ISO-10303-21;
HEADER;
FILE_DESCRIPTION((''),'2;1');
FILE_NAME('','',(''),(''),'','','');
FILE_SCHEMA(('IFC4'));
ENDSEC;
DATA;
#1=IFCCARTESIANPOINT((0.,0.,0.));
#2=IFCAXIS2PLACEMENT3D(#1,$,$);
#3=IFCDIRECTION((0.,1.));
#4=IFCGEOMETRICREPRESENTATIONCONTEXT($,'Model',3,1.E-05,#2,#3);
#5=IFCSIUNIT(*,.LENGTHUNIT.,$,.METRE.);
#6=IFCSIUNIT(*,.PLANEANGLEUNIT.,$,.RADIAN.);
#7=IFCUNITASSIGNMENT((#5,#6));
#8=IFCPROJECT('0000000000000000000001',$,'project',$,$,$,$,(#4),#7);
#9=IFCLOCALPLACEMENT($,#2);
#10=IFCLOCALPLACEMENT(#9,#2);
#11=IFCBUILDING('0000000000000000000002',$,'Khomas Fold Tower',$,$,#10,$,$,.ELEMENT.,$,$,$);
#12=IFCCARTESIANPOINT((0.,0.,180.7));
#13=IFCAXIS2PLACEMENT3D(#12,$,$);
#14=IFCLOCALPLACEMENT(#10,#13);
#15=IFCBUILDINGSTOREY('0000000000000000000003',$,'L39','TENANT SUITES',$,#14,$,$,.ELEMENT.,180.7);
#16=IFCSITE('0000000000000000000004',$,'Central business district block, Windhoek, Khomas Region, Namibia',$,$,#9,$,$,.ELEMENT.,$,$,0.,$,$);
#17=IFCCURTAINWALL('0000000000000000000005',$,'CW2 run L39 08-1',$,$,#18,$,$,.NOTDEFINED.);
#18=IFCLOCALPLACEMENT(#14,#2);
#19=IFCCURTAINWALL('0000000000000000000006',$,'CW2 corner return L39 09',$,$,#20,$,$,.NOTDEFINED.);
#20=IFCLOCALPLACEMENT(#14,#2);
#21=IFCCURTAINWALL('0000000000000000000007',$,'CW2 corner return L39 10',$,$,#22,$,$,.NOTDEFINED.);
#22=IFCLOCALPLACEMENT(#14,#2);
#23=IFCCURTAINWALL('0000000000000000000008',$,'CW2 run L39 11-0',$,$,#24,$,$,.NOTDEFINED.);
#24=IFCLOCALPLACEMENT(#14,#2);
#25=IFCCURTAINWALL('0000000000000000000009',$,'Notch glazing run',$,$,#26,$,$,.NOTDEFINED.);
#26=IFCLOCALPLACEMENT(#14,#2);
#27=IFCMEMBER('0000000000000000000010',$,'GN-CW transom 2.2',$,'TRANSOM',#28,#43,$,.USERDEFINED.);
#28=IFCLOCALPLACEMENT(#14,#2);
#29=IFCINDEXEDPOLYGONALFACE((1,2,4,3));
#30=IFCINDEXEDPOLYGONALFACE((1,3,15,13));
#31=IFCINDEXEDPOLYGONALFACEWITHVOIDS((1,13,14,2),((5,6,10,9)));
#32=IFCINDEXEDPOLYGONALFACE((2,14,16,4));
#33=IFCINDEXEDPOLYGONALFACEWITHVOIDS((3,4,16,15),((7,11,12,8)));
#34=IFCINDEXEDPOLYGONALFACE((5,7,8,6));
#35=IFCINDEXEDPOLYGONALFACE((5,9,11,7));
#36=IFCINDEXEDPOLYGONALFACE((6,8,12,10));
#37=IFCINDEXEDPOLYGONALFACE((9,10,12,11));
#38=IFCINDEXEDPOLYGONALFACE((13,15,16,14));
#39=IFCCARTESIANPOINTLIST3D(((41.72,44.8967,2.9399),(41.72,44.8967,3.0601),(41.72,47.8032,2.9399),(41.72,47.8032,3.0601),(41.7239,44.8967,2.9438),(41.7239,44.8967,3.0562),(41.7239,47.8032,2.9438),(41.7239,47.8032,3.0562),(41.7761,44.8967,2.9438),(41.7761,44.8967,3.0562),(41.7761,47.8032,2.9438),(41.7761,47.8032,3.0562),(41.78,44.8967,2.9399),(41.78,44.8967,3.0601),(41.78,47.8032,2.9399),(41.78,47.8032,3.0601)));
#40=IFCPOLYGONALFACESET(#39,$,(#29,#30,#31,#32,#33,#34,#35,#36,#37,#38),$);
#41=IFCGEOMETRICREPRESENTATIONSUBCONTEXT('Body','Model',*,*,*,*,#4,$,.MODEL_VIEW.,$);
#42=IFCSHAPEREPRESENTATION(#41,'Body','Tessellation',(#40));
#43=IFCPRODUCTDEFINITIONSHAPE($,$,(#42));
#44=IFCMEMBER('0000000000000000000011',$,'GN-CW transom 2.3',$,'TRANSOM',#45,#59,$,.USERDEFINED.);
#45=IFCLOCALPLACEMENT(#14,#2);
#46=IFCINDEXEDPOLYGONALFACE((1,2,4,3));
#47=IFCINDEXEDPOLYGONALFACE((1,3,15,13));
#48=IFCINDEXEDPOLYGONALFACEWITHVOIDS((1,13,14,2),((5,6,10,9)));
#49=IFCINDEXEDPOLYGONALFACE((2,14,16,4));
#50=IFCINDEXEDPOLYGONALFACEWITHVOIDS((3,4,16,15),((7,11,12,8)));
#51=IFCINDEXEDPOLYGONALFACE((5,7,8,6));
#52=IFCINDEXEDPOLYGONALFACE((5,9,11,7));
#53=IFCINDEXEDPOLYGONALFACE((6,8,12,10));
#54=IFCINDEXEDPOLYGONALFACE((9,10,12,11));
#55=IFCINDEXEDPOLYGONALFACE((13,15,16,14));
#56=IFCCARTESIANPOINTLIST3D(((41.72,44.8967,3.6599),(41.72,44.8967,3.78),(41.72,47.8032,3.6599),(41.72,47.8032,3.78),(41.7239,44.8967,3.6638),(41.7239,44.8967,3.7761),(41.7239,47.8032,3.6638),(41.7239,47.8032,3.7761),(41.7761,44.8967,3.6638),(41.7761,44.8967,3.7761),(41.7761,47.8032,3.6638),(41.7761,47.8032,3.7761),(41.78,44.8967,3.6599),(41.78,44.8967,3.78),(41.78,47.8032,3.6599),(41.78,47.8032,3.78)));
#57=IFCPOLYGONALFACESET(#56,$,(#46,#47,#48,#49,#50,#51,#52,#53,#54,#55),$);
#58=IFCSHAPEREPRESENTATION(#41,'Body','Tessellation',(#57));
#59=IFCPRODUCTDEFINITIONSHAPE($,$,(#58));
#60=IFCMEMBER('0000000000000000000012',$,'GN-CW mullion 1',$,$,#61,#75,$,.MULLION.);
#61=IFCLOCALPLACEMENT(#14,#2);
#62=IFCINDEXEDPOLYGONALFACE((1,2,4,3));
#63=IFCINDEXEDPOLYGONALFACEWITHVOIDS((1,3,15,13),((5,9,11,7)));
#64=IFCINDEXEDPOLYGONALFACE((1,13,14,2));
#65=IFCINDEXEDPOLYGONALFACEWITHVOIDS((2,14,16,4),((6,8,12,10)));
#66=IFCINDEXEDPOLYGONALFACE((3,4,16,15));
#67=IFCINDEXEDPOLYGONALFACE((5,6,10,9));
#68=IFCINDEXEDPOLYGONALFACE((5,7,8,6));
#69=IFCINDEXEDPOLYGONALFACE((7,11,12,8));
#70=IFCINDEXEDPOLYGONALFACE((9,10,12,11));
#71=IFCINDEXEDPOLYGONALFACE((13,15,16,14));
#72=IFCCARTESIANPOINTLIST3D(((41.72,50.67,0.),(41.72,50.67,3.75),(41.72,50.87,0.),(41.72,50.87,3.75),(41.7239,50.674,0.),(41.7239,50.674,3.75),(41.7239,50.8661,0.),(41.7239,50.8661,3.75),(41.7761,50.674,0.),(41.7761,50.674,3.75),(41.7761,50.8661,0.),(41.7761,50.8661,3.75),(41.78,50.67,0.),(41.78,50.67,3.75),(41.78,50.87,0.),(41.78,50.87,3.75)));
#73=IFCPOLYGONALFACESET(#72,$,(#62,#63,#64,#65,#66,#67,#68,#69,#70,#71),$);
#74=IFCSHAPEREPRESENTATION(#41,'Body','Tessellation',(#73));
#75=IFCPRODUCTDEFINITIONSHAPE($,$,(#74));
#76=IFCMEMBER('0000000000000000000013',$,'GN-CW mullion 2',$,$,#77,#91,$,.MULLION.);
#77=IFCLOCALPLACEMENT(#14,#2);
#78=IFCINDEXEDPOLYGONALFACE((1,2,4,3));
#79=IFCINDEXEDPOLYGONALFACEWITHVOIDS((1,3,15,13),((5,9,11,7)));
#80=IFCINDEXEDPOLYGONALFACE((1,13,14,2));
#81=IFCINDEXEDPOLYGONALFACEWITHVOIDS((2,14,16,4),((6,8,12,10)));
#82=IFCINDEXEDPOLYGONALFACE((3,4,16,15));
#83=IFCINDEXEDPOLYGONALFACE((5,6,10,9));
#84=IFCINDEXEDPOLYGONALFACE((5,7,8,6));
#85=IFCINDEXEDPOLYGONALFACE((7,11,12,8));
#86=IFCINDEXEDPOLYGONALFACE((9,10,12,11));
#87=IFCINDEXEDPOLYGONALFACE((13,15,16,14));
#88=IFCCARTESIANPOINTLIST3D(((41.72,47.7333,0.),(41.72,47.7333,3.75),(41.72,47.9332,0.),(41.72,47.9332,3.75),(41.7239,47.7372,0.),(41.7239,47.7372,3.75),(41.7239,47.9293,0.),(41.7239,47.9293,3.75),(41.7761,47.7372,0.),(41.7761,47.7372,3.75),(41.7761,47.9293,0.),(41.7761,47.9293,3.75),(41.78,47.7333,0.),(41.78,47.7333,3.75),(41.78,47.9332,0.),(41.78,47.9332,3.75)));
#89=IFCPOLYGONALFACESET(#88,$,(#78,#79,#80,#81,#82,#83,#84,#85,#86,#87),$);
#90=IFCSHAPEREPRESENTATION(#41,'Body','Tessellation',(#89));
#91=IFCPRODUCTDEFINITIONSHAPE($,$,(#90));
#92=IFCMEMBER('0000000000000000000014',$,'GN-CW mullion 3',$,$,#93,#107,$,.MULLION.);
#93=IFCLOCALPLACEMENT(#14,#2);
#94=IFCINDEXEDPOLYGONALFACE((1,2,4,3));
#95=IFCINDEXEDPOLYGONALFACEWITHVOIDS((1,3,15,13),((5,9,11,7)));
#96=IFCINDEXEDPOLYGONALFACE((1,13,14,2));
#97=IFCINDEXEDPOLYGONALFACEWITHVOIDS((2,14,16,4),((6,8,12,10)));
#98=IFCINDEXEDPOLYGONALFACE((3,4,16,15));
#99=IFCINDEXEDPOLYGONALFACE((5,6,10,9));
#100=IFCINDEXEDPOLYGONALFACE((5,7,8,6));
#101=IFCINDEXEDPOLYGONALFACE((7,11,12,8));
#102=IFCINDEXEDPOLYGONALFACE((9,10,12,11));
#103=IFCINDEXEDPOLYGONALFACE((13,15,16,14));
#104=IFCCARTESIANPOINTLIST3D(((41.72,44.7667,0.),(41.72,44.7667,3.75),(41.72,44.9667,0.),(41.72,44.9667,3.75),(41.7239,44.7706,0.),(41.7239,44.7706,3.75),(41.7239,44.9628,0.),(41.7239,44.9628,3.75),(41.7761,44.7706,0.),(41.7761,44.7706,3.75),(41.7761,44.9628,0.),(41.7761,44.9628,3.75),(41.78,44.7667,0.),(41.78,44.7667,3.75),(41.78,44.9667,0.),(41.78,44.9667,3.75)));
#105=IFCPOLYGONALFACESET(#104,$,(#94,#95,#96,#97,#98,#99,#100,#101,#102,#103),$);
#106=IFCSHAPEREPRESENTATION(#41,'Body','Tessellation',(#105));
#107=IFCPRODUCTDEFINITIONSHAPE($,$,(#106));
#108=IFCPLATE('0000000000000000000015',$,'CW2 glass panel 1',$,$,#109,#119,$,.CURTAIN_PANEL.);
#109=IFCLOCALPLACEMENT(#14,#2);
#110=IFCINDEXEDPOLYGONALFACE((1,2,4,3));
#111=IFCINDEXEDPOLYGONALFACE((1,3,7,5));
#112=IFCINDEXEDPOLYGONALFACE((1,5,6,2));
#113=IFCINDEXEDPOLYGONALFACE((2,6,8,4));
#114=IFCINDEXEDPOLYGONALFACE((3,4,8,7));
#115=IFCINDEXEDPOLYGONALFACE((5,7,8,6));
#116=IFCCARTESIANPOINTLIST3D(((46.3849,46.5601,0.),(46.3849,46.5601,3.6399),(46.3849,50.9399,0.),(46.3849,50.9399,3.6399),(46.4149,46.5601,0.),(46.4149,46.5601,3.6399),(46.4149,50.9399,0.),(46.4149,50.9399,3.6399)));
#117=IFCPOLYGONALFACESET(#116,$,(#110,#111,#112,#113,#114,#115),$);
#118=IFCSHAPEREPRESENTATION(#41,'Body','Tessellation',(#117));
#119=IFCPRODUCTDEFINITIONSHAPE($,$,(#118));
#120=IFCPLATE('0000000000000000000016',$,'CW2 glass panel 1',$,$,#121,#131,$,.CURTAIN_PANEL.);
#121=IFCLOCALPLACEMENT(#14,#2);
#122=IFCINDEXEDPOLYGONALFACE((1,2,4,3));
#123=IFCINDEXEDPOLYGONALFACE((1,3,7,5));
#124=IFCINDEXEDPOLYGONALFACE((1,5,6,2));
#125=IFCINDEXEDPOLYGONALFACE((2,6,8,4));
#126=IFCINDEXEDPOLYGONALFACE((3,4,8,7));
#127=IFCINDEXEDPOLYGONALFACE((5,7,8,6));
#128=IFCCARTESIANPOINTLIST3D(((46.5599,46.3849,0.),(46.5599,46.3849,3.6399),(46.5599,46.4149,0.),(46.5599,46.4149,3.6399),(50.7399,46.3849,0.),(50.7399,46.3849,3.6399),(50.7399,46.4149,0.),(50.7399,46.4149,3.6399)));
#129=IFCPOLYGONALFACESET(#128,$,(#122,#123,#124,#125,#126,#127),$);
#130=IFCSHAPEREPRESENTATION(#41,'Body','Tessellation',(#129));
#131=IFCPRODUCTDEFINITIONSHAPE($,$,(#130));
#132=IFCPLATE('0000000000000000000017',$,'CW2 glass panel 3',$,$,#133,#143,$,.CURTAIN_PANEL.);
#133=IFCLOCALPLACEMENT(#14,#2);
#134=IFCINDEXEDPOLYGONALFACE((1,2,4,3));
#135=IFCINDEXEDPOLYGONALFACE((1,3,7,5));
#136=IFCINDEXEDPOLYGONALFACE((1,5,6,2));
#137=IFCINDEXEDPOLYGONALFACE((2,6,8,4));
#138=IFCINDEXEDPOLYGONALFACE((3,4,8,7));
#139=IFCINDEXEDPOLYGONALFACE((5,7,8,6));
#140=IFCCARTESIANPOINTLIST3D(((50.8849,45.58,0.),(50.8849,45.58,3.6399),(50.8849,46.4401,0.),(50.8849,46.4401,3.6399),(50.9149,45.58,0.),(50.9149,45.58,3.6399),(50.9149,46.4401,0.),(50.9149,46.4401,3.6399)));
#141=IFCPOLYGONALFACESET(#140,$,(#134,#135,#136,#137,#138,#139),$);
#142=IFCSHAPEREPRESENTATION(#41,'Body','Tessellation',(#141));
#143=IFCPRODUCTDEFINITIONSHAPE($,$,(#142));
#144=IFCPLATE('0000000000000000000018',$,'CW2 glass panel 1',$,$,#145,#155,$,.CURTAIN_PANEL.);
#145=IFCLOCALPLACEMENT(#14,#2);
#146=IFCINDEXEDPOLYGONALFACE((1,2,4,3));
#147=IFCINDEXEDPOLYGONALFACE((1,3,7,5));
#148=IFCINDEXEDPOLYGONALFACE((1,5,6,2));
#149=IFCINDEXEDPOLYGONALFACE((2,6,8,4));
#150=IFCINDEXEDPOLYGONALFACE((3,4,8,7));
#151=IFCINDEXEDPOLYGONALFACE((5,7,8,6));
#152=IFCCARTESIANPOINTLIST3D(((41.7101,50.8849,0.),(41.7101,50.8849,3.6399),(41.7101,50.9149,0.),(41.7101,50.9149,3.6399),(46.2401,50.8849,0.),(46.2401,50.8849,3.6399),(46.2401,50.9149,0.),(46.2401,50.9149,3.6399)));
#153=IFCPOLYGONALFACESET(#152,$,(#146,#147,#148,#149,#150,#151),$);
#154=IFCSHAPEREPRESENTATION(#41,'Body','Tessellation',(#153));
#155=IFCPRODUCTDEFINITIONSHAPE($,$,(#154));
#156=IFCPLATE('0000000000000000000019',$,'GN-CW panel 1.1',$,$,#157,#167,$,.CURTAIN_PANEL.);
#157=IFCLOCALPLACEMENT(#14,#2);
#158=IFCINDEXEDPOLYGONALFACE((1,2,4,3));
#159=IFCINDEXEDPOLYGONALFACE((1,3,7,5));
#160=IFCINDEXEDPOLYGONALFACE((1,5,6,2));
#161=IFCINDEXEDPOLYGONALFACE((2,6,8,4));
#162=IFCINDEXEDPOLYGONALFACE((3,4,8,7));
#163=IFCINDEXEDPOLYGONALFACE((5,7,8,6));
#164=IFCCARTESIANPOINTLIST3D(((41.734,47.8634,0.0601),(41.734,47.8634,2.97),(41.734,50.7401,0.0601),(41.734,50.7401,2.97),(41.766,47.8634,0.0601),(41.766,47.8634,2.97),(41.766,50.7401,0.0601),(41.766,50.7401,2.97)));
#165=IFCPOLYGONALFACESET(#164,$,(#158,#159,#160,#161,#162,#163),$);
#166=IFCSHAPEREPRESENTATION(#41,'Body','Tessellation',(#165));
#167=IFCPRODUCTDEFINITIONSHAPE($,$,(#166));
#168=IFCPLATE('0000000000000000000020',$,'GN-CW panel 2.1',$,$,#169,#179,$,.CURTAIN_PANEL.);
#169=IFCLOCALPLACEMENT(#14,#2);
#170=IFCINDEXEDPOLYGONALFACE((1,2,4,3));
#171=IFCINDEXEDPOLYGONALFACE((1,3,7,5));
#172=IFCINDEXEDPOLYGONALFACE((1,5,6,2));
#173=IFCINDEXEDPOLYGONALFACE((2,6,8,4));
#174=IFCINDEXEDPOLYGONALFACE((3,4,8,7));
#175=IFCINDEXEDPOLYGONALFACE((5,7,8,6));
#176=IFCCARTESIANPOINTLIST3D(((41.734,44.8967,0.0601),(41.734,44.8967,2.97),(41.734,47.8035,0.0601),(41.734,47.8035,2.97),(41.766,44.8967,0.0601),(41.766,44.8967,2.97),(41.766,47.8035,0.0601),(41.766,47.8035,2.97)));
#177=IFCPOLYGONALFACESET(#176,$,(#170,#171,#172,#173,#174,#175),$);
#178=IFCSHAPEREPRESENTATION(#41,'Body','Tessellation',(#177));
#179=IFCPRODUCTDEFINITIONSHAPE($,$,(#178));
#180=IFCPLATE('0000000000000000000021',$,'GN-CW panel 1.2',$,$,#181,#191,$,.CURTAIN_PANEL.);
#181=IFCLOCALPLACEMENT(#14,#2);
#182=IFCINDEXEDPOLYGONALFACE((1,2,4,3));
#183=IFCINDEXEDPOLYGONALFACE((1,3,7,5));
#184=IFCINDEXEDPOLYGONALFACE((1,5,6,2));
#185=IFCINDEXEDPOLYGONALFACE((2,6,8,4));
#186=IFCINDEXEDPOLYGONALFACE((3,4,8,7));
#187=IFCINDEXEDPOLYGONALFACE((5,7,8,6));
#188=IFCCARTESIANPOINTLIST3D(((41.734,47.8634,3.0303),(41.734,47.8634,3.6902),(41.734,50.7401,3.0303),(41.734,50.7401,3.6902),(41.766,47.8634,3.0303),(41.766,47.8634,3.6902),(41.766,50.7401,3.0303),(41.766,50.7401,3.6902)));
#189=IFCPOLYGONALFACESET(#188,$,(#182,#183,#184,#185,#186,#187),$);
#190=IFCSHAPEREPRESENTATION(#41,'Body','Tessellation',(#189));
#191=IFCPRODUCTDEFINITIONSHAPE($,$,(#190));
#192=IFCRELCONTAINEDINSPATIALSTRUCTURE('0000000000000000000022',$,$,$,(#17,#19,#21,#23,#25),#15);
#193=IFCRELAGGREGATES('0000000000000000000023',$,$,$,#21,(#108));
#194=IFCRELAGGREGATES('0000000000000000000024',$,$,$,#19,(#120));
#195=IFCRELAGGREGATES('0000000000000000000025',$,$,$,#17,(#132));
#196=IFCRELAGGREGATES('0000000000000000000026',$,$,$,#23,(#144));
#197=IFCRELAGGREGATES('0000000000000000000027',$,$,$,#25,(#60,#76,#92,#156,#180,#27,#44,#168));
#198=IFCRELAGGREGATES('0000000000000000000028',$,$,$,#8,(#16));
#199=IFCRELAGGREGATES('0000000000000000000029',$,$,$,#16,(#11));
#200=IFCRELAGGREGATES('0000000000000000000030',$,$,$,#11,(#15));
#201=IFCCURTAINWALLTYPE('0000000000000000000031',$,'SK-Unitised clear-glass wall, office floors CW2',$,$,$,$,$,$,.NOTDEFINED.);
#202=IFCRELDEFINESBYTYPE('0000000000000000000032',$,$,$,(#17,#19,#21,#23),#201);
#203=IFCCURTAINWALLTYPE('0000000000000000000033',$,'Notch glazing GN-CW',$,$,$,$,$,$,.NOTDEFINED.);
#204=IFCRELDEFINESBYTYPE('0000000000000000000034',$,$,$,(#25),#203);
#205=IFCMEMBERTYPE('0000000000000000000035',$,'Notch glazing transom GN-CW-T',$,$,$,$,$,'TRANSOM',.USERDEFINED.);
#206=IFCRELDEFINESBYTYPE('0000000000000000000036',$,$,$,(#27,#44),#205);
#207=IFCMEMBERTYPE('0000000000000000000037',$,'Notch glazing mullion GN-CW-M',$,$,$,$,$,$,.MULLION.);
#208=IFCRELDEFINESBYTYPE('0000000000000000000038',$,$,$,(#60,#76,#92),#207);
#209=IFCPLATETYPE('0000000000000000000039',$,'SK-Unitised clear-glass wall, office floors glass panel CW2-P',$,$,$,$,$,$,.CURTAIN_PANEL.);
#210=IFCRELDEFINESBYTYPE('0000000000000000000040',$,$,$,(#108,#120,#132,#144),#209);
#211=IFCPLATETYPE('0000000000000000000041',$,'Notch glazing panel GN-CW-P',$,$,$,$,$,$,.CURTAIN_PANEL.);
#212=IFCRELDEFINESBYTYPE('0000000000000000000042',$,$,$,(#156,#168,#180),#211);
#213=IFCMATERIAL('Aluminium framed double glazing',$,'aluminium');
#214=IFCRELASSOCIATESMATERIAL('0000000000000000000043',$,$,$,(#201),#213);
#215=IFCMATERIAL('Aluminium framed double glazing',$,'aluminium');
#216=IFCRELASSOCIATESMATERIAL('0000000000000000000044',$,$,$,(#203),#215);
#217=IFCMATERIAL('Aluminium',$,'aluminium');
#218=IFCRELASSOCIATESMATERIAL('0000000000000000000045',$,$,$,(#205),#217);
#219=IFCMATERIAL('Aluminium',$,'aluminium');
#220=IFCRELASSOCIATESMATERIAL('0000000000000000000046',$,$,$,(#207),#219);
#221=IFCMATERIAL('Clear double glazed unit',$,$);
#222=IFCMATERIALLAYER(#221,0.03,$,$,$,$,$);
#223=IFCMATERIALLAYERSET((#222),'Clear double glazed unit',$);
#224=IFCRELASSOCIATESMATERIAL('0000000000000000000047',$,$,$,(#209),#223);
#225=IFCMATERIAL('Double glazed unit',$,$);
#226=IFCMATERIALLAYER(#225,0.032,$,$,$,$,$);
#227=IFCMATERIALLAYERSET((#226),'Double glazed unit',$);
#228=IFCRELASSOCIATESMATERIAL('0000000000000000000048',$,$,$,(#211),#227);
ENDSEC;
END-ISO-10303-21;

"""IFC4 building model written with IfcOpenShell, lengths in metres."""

from ifc_helpers import new_model, si_unit, direction, frame, origin, origin_2d, place, context, subcontext, project, spatial, rectangle, hollow_rectangle, extrude, source, transform, mapped, material, layer, layer_set, material_profile, profile_set, type_object, element, aggregate, save


model = new_model("IFC4")

# Units and contexts
model_context = context("Model", 3, precision=1e-05, world=origin(), true_north=direction((0.0, 1.0)))
body_context = subcontext(model_context, "Body", "Model", "MODEL_VIEW")
ifc_project = project(units=[si_unit("LENGTHUNIT", "METRE"), si_unit("PLANEANGLEUNIT", "RADIAN")], contexts=[model_context])

# Site, building, storey
site_placement = place(None, origin())
site = spatial("IfcSite", under=ifc_project, at=site_placement, Name="Central business district block, Windhoek, Khomas Region, Namibia", CompositionType="ELEMENT", RefElevation=0.0)
building_placement = place(site_placement, origin())
building = spatial("IfcBuilding", under=site, at=building_placement, Name="Khomas Fold Tower", CompositionType="ELEMENT")
storey_placement = place(building_placement, frame((0.0, 0.0, 180.7)))
storey = spatial("IfcBuildingStorey", under=building, at=storey_placement, Name="L39", Description="TENANT SUITES", CompositionType="ELEMENT", Elevation=180.7)

# Curtain walls
ifc_material_1 = material(Name="Aluminium framed double glazing", Category="aluminium")
curtain_wall_type_1 = type_object("IfcCurtainWallType", Name="SK-Unitised clear-glass wall, office floors CW2", PredefinedType="NOTDEFINED", material=ifc_material_1)
curtain_wall_1_placement = place(storey_placement, origin())
curtain_wall_1 = element("IfcCurtainWall", 1, at=curtain_wall_1_placement, inside=storey, type_object=curtain_wall_type_1, Name="CW2 run L39 08-1", PredefinedType="NOTDEFINED")
curtain_wall_2_placement = place(storey_placement, origin())
curtain_wall_2 = element("IfcCurtainWall", 2, at=curtain_wall_2_placement, inside=storey, type_object=curtain_wall_type_1, Name="CW2 corner return L39 09", PredefinedType="NOTDEFINED")
curtain_wall_3_placement = place(storey_placement, origin())
curtain_wall_3 = element("IfcCurtainWall", 3, at=curtain_wall_3_placement, inside=storey, type_object=curtain_wall_type_1, Name="CW2 corner return L39 10", PredefinedType="NOTDEFINED")

# Curtain wall
curtain_wall_4_placement = place(storey_placement, origin())
curtain_wall_4 = element("IfcCurtainWall", 4, at=curtain_wall_4_placement, inside=storey, type_object=curtain_wall_type_1, Name="CW2 run L39 11-0", PredefinedType="NOTDEFINED")

# Curtain wall, members
ifc_material_2 = material(Name="Aluminium framed double glazing", Category="aluminium")
curtain_wall_type_2 = type_object("IfcCurtainWallType", Name="Notch glazing GN-CW", PredefinedType="NOTDEFINED", material=ifc_material_2)
curtain_wall_5_placement = place(storey_placement, origin())
curtain_wall_5 = element("IfcCurtainWall", 5, at=curtain_wall_5_placement, inside=storey, type_object=curtain_wall_type_2, Name="Notch glazing run", PredefinedType="NOTDEFINED")
ifc_material_3 = material(Name="Aluminium", Category="aluminium")
ifc_material_profile_1 = material_profile(ifc_material_3, hollow_rectangle(XDim=0.0601, YDim=0.1201, WallThickness=0.0039, at=origin_2d()), Name="Notch glazing transom GN-CW-T")
ifc_profile_set_1 = profile_set([ifc_material_profile_1], Name="Aluminium")
member_type_1 = type_object("IfcMemberType", Name="Notch glazing transom GN-CW-T", ElementType="TRANSOM", PredefinedType="USERDEFINED", material=ifc_profile_set_1)
shared_shape_1 = source(origin(), body_context, "Body", "SweptSolid", [
    extrude(hollow_rectangle(XDim=0.0601, YDim=0.1201, WallThickness=0.0039, at=origin_2d()), origin(), (0.0, 0.0, 1.0), 2.9065),
])
member_1_placement = place(storey_placement, frame((41.75, 47.8032, 3.0), z_axis=(0.0, -1.0, 0.0), x_axis=(1.0, 0.0, 0.0)))
member_1 = element("IfcMember", 6, at=member_1_placement, type_object=member_type_1, Name="GN-CW transom 2.2", ObjectType="TRANSOM", PredefinedType="USERDEFINED", context=body_context, shape_type="MappedRepresentation", body=[
    mapped(shared_shape_1, transform((0.0, 0.0, 0.0))),
])
member_2_placement = place(storey_placement, frame((41.75, 47.8032, 3.72), z_axis=(0.0, -1.0, 0.0), x_axis=(1.0, 0.0, 0.0)))
member_2 = element("IfcMember", 7, at=member_2_placement, type_object=member_type_1, Name="GN-CW transom 2.3", ObjectType="TRANSOM", PredefinedType="USERDEFINED", context=body_context, shape_type="MappedRepresentation", body=[
    mapped(shared_shape_1, transform((0.0, 0.0, 0.0))),
])
ifc_material_4 = material(Name="Aluminium", Category="aluminium")
ifc_material_profile_2 = material_profile(ifc_material_4, hollow_rectangle(XDim=0.0601, YDim=0.2, WallThickness=0.0039, at=origin_2d()), Name="Notch glazing mullion GN-CW-M")
ifc_profile_set_2 = profile_set([ifc_material_profile_2], Name="Aluminium")
member_type_2 = type_object("IfcMemberType", Name="Notch glazing mullion GN-CW-M", PredefinedType="MULLION", material=ifc_profile_set_2)
shared_shape_2 = source(origin(), body_context, "Body", "SweptSolid", [
    extrude(hollow_rectangle(XDim=0.0601, YDim=0.2, WallThickness=0.0039, at=origin_2d()), origin(), (0.0, 0.0, 1.0), 3.75),
])
member_3_placement = place(storey_placement, frame((41.75, 50.77, 0.0), z_axis=(0.0, 0.0, 1.0), x_axis=(1.0, 0.0, 0.0)))
member_3 = element("IfcMember", 8, at=member_3_placement, type_object=member_type_2, Name="GN-CW mullion 1", PredefinedType="MULLION", context=body_context, shape_type="MappedRepresentation", body=[
    mapped(shared_shape_2, transform((0.0, 0.0, 0.0))),
])
member_4_placement = place(storey_placement, frame((41.75, 47.8333, 0.0), z_axis=(0.0, 0.0, 1.0), x_axis=(1.0, 0.0, 0.0)))
member_4 = element("IfcMember", 9, at=member_4_placement, type_object=member_type_2, Name="GN-CW mullion 2", PredefinedType="MULLION", context=body_context, shape_type="MappedRepresentation", body=[
    mapped(shared_shape_2, transform((0.0, 0.0, 0.0))),
])
member_5_placement = place(storey_placement, frame((41.75, 44.8667, 0.0), z_axis=(0.0, 0.0, 1.0), x_axis=(1.0, 0.0, 0.0)))
member_5 = element("IfcMember", 10, at=member_5_placement, type_object=member_type_2, Name="GN-CW mullion 3", PredefinedType="MULLION", context=body_context, shape_type="MappedRepresentation", body=[
    mapped(shared_shape_2, transform((0.0, 0.0, 0.0))),
])

# Plates
ifc_material_5 = material(Name="Clear double glazed unit")
ifc_layer_1 = layer(ifc_material_5, 0.03)
ifc_layer_set_1 = layer_set([ifc_layer_1], Name="Clear double glazed unit")
plate_type_1 = type_object("IfcPlateType", Name="SK-Unitised clear-glass wall, office floors glass panel CW2-P", PredefinedType="CURTAIN_PANEL", material=ifc_layer_set_1)
shared_shape_3 = source(origin(), body_context, "Body", "SweptSolid", [
    extrude(rectangle(XDim=4.3799, YDim=0.03, at=origin_2d()), origin(), (0.0, 0.0, 1.0), 3.6399),
])
plate_1_placement = place(storey_placement, frame((46.3999, 48.75, 0.0), z_axis=(0.0, 0.0, 1.0), x_axis=(0.0, 1.0, 0.0)))
plate_1 = element("IfcPlate", 11, at=plate_1_placement, type_object=plate_type_1, Name="CW2 glass panel 1", PredefinedType="CURTAIN_PANEL", context=body_context, shape_type="MappedRepresentation", body=[
    mapped(shared_shape_3, transform((0.0, 0.0, 0.0))),
])
aggregate(curtain_wall_3, [plate_1])
shared_shape_4 = source(origin(), body_context, "Body", "SweptSolid", [
    extrude(rectangle(XDim=4.1799, YDim=0.03, at=origin_2d()), origin(), (0.0, 0.0, 1.0), 3.6399),
])
plate_2_placement = place(storey_placement, frame((48.6499, 46.3999, 0.0), z_axis=(0.0, 0.0, 1.0), x_axis=(-1.0, 0.0, 0.0)))
plate_2 = element("IfcPlate", 12, at=plate_2_placement, type_object=plate_type_1, Name="CW2 glass panel 1", PredefinedType="CURTAIN_PANEL", context=body_context, shape_type="MappedRepresentation", body=[
    mapped(shared_shape_4, transform((0.0, 0.0, 0.0))),
])
aggregate(curtain_wall_2, [plate_2])
shared_shape_5 = source(origin(), body_context, "Body", "SweptSolid", [
    extrude(rectangle(XDim=0.8601, YDim=0.03, at=origin_2d()), origin(), (0.0, 0.0, 1.0), 3.6399),
])
plate_3_placement = place(storey_placement, frame((50.8999, 46.01, 0.0), z_axis=(0.0, 0.0, 1.0), x_axis=(0.0, 1.0, 0.0)))
plate_3 = element("IfcPlate", 13, at=plate_3_placement, type_object=plate_type_1, Name="CW2 glass panel 3", PredefinedType="CURTAIN_PANEL", context=body_context, shape_type="MappedRepresentation", body=[
    mapped(shared_shape_5, transform((0.0, 0.0, 0.0))),
])
aggregate(curtain_wall_1, [plate_3])
shared_shape_6 = source(origin(), body_context, "Body", "SweptSolid", [
    extrude(rectangle(XDim=4.53, YDim=0.03, at=origin_2d()), origin(), (0.0, 0.0, 1.0), 3.6399),
])
plate_4_placement = place(storey_placement, frame((43.9751, 50.8999, 0.0), z_axis=(0.0, 0.0, 1.0), x_axis=(-1.0, 0.0, 0.0)))
plate_4 = element("IfcPlate", 14, at=plate_4_placement, type_object=plate_type_1, Name="CW2 glass panel 1", PredefinedType="CURTAIN_PANEL", context=body_context, shape_type="MappedRepresentation", body=[
    mapped(shared_shape_6, transform((0.0, 0.0, 0.0))),
])
aggregate(curtain_wall_4, [plate_4])
ifc_material_6 = material(Name="Double glazed unit")
ifc_layer_2 = layer(ifc_material_6, 0.032)
ifc_layer_set_2 = layer_set([ifc_layer_2], Name="Double glazed unit")
plate_type_2 = type_object("IfcPlateType", Name="Notch glazing panel GN-CW-P", PredefinedType="CURTAIN_PANEL", material=ifc_layer_set_2)
shared_shape_7 = source(origin(), body_context, "Body", "SweptSolid", [
    extrude(rectangle(XDim=2.8767, YDim=0.032, at=origin_2d()), origin(), (0.0, 0.0, 1.0), 2.9099),
])
plate_5_placement = place(storey_placement, frame((41.75, 49.3018, 0.0601), z_axis=(0.0, 0.0, 1.0), x_axis=(0.0, -1.0, 0.0)))
plate_5 = element("IfcPlate", 15, at=plate_5_placement, type_object=plate_type_2, Name="GN-CW panel 1.1", PredefinedType="CURTAIN_PANEL", context=body_context, shape_type="MappedRepresentation", body=[
    mapped(shared_shape_7, transform((0.0, 0.0, 0.0))),
])
shared_shape_8 = source(origin(), body_context, "Body", "SweptSolid", [
    extrude(rectangle(XDim=2.9067, YDim=0.032, at=origin_2d()), origin(), (0.0, 0.0, 1.0), 2.9099),
])
plate_6_placement = place(storey_placement, frame((41.75, 46.3501, 0.0601), z_axis=(0.0, 0.0, 1.0), x_axis=(0.0, -1.0, 0.0)))
plate_6 = element("IfcPlate", 16, at=plate_6_placement, type_object=plate_type_2, Name="GN-CW panel 2.1", PredefinedType="CURTAIN_PANEL", context=body_context, shape_type="MappedRepresentation", body=[
    mapped(shared_shape_8, transform((0.0, 0.0, 0.0))),
])
shared_shape_9 = source(origin(), body_context, "Body", "SweptSolid", [
    extrude(rectangle(XDim=2.8767, YDim=0.032, at=origin_2d()), origin(), (0.0, 0.0, 1.0), 0.6599),
])
plate_7_placement = place(storey_placement, frame((41.75, 49.3018, 3.0303), z_axis=(0.0, 0.0, 1.0), x_axis=(0.0, -1.0, 0.0)))
plate_7 = element("IfcPlate", 17, at=plate_7_placement, type_object=plate_type_2, Name="GN-CW panel 1.2", PredefinedType="CURTAIN_PANEL", context=body_context, shape_type="MappedRepresentation", body=[
    mapped(shared_shape_9, transform((0.0, 0.0, 0.0))),
])
aggregate(curtain_wall_5, [member_3, member_4, member_5, plate_5, plate_7, member_1, member_2, plate_6])

save(model, "model.ifc")
